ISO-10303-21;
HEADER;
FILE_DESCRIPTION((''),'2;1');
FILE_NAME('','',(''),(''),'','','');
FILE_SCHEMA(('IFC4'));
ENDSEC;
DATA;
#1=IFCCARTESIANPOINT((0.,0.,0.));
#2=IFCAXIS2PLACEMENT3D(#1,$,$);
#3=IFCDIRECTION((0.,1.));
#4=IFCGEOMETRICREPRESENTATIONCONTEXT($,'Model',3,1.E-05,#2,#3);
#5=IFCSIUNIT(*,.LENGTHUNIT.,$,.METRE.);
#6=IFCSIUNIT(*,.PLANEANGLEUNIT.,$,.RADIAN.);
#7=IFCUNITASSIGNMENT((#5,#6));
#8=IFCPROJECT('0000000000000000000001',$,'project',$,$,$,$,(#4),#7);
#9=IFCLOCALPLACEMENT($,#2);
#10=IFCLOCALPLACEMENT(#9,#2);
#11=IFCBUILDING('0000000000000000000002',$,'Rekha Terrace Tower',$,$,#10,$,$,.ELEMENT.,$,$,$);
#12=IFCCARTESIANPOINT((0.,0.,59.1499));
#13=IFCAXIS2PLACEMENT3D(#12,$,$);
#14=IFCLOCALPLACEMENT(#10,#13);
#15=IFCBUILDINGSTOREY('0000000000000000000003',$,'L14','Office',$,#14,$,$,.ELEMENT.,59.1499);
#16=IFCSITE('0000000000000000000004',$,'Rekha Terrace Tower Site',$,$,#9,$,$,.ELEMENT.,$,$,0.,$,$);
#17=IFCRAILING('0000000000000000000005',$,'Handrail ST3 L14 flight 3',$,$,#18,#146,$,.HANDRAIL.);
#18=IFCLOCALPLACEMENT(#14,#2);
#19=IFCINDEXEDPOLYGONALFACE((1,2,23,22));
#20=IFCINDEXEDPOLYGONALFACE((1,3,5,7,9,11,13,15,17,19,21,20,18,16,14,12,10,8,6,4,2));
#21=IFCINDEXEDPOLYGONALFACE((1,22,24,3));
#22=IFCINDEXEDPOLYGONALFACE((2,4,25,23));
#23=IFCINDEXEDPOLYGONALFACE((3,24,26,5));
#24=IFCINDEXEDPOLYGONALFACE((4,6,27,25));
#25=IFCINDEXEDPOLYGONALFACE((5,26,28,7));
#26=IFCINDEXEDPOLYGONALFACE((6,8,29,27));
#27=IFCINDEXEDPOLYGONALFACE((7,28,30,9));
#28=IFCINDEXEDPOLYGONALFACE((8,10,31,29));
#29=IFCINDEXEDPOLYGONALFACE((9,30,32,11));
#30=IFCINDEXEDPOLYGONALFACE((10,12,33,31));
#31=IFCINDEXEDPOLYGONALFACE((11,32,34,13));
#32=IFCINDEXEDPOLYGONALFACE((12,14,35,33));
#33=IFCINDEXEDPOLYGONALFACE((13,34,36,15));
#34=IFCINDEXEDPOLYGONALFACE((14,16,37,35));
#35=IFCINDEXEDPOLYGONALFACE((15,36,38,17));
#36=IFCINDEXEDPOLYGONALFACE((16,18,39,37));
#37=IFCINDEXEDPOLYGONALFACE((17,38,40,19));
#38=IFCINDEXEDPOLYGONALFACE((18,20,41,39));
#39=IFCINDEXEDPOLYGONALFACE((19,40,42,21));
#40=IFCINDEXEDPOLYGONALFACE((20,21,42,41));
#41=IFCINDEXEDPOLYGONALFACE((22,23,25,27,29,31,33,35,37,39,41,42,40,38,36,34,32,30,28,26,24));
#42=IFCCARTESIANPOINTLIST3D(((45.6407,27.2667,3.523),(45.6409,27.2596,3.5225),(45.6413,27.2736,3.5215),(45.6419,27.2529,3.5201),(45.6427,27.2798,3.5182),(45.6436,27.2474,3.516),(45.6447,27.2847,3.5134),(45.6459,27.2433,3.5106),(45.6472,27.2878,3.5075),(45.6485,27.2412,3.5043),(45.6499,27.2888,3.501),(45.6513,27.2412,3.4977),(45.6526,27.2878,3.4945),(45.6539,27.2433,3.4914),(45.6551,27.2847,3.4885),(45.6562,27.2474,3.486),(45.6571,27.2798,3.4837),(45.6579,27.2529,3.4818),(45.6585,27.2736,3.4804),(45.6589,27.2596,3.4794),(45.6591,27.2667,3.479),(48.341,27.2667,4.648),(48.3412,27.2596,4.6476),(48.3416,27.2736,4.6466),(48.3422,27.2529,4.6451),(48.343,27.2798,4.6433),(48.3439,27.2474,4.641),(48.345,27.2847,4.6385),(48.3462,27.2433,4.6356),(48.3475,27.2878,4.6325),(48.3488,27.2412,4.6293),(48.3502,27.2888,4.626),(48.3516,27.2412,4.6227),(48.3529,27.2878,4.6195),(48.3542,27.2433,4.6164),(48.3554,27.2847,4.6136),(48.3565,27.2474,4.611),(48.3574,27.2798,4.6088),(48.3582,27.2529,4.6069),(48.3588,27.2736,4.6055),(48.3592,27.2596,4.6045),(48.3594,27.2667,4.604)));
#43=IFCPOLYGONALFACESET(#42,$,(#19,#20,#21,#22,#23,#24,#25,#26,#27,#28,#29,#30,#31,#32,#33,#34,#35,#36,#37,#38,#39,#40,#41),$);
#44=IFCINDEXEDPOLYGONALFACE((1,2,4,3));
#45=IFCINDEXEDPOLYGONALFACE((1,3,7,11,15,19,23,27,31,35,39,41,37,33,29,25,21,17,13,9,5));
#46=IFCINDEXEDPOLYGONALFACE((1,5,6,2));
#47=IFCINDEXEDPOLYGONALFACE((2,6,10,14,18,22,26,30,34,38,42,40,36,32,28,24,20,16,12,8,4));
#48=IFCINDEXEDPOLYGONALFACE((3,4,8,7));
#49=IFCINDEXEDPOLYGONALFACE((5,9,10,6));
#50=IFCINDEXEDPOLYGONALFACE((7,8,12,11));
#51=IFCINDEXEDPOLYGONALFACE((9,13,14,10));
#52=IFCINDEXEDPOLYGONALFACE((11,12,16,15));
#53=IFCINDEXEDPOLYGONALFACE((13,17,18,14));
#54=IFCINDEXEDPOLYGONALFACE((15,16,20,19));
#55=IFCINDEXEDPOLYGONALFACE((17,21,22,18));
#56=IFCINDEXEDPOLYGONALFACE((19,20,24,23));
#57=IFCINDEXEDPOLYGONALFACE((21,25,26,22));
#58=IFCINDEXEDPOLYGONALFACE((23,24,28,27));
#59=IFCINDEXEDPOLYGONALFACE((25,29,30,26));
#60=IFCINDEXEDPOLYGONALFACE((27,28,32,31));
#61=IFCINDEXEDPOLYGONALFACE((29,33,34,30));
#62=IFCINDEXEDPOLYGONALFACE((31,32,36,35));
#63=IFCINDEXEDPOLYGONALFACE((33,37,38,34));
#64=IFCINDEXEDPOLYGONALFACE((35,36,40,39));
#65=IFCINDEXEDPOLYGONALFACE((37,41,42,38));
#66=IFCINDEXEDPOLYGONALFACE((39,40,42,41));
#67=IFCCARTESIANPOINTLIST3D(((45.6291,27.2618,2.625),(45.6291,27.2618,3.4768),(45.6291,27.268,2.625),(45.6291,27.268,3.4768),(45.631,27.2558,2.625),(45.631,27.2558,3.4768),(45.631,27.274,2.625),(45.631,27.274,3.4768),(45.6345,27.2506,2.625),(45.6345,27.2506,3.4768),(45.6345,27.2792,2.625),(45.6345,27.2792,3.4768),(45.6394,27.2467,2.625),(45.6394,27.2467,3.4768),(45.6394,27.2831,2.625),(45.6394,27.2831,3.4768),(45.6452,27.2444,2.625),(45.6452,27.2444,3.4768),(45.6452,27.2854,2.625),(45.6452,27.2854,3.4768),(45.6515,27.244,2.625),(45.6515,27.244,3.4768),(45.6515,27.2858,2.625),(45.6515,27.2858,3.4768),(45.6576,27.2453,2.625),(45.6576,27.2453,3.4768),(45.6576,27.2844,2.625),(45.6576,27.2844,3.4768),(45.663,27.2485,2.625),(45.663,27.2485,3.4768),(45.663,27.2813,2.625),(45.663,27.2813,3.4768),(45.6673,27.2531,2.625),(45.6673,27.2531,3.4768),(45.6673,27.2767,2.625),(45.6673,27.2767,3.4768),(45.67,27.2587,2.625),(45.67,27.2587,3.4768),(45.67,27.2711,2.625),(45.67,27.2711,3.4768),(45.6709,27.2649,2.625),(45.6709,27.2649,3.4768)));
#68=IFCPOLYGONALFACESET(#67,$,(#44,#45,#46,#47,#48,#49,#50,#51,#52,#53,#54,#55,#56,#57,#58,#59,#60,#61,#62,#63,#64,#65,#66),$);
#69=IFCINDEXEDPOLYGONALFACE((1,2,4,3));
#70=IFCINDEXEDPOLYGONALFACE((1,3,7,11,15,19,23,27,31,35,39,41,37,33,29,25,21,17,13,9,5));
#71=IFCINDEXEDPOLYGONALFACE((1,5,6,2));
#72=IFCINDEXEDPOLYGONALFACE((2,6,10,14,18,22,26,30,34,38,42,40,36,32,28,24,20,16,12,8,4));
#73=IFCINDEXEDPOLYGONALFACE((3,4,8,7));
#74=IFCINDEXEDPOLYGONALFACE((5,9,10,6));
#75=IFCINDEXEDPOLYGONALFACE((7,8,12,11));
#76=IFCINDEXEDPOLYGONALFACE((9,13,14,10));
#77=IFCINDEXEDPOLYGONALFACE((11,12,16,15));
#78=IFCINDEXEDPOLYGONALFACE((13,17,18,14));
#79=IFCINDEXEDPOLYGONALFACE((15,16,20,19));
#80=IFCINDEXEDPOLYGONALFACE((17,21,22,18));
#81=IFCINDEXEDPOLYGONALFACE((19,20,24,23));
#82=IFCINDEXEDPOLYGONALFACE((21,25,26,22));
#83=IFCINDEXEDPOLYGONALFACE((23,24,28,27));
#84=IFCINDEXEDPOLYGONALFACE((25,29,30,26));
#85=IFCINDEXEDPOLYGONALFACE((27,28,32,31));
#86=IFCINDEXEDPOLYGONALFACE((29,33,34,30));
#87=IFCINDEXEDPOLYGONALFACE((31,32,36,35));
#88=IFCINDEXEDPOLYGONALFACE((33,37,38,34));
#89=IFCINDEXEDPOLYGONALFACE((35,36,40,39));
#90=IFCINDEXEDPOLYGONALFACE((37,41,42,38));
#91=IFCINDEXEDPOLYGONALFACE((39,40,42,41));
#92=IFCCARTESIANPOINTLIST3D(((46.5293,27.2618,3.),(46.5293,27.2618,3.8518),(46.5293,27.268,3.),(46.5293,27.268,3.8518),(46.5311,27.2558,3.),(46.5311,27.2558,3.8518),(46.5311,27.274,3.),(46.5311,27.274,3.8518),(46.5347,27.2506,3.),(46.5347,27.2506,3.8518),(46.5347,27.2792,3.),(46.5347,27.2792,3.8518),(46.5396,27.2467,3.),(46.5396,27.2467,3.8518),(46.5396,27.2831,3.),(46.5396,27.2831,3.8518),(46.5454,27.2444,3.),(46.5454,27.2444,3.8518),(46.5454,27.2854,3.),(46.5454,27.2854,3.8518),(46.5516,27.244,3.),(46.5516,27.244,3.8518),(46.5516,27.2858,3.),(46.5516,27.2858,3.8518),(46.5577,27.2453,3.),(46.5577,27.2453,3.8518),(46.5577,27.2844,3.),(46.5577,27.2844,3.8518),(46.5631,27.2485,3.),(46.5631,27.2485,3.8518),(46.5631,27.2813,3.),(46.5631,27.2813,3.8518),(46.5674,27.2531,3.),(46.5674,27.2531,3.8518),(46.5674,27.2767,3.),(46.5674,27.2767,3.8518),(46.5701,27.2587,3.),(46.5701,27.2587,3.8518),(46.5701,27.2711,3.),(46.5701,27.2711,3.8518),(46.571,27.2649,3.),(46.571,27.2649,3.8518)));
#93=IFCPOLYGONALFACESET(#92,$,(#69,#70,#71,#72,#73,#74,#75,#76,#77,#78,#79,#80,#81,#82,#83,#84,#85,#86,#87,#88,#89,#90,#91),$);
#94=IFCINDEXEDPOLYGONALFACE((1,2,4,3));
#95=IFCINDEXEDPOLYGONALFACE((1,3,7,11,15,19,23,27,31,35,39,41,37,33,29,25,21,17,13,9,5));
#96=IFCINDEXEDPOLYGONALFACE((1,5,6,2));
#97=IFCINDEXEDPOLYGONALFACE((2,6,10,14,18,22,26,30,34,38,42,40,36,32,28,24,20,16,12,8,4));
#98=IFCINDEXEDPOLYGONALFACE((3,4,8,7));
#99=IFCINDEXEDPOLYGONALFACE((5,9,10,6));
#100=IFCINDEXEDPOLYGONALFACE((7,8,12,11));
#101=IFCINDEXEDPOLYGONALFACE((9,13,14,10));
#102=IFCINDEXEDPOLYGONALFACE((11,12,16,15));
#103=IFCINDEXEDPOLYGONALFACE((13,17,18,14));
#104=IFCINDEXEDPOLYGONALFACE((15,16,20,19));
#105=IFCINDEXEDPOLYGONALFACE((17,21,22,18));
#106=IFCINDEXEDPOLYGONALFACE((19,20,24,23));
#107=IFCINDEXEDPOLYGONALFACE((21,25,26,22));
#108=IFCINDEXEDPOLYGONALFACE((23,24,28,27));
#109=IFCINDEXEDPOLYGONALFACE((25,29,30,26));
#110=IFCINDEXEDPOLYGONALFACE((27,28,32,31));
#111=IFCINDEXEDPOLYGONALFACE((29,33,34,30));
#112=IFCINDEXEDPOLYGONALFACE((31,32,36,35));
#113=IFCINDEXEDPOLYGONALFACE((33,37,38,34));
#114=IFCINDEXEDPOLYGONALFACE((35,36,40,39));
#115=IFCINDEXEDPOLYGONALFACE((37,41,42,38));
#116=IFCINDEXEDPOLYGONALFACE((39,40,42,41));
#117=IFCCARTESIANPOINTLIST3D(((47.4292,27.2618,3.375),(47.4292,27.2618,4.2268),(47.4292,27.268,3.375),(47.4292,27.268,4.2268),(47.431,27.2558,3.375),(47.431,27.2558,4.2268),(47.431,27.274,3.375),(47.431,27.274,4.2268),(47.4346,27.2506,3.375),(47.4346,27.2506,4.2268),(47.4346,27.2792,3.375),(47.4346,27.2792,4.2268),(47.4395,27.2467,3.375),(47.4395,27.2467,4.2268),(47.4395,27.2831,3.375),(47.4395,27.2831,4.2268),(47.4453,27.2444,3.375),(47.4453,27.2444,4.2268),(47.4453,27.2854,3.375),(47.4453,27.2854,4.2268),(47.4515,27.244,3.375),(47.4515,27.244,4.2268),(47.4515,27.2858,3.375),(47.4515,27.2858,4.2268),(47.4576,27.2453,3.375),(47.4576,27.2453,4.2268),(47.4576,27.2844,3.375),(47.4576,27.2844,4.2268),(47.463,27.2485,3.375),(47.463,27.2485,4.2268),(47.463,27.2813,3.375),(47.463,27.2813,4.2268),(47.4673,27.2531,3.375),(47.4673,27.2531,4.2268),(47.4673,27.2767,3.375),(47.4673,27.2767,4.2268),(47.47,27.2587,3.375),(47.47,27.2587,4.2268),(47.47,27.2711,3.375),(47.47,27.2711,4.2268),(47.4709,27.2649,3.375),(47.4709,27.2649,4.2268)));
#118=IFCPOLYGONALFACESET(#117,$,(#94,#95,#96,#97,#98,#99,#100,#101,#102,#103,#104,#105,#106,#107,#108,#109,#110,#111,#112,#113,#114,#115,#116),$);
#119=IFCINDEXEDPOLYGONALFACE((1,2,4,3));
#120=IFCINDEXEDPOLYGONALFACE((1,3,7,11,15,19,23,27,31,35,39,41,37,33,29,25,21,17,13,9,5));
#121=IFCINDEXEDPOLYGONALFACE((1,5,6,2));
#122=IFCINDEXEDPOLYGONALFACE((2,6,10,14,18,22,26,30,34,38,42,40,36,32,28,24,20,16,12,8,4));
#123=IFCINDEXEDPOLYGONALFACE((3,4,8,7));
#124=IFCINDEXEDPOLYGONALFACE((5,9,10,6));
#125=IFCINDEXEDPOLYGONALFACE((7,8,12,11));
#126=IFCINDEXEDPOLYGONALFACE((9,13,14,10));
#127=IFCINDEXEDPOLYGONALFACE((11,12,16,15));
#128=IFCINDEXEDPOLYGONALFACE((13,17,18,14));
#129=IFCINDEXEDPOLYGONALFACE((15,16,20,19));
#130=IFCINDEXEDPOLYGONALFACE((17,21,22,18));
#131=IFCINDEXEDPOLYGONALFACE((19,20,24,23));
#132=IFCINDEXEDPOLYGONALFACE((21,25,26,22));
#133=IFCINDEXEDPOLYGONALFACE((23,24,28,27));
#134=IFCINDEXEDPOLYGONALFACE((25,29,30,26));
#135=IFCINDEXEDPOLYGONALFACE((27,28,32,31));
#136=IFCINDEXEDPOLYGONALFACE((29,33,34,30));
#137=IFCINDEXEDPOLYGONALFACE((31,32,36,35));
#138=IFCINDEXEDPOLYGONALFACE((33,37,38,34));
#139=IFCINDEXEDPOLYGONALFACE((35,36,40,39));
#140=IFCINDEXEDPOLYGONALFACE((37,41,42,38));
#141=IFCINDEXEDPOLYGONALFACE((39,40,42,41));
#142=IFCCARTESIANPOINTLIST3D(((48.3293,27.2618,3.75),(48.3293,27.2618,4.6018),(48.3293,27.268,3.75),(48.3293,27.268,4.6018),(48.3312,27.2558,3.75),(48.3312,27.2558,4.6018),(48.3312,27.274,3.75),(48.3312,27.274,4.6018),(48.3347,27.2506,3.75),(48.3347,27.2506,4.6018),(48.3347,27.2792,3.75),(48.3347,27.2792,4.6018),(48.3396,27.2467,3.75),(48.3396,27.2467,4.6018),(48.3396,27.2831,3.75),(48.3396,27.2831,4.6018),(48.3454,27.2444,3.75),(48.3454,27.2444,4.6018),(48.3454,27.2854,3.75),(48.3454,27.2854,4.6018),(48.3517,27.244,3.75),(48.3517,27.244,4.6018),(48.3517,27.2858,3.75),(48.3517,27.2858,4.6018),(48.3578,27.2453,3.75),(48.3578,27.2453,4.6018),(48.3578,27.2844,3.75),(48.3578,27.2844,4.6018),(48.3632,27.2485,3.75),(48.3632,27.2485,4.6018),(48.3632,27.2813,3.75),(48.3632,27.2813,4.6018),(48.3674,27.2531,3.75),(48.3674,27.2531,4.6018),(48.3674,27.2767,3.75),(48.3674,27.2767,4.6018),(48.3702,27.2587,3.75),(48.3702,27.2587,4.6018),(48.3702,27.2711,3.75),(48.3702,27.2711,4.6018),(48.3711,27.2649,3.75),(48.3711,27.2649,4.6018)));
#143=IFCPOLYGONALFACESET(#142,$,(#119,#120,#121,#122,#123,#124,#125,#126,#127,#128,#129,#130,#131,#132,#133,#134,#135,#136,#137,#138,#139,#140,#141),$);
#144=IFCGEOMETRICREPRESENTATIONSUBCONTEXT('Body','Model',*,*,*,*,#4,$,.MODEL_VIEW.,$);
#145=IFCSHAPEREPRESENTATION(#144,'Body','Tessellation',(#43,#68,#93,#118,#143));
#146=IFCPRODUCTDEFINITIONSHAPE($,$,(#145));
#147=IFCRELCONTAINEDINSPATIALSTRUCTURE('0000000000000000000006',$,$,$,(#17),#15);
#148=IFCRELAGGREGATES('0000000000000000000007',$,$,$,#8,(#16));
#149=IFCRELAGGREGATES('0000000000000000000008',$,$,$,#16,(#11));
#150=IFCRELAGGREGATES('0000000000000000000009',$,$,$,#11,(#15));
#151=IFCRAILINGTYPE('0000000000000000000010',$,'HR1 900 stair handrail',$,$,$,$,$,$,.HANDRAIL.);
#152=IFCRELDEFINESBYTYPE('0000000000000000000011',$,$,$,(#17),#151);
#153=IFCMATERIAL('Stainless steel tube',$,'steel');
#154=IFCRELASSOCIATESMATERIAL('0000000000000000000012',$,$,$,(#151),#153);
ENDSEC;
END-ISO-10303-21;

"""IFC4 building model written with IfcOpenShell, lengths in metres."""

from ifc_helpers import new_model, si_unit, direction, frame, origin, origin_2d, place, context, subcontext, project, spatial, circle, extrude, material, type_object, element, save


model = new_model("IFC4")

# Units and contexts
model_context = context("Model", 3, precision=1e-05, world=origin(), true_north=direction((0.0, 1.0)))
body_context = subcontext(model_context, "Body", "Model", "MODEL_VIEW")
ifc_project = project(units=[si_unit("LENGTHUNIT", "METRE"), si_unit("PLANEANGLEUNIT", "RADIAN")], contexts=[model_context])

# Site, building, storey
site_placement = place(None, origin())
site = spatial("IfcSite", under=ifc_project, at=site_placement, Name="Rekha Terrace Tower Site", CompositionType="ELEMENT", RefElevation=0.0)
building_placement = place(site_placement, origin())
building = spatial("IfcBuilding", under=site, at=building_placement, Name="Rekha Terrace Tower", CompositionType="ELEMENT")
storey_placement = place(building_placement, frame((0.0, 0.0, 59.1499)))
storey = spatial("IfcBuildingStorey", under=building, at=storey_placement, Name="L14", Description="Office", CompositionType="ELEMENT", Elevation=59.1499)

# Railing
ifc_material_1 = material(Name="Stainless steel tube", Category="steel")
railing_type_1 = type_object("IfcRailingType", Name="HR1 900 stair handrail", PredefinedType="HANDRAIL", material=ifc_material_1)
railing_1_placement = place(storey_placement, frame((45.6499, 27.2649, 2.625)))
element("IfcRailing", 1, at=railing_1_placement, inside=storey, type_object=railing_type_1, Name="Handrail ST3 L14 flight 3", PredefinedType="HANDRAIL", context=body_context, shape_type="SweptSolid", body=[
    extrude(circle(Radius=0.0239, at=origin_2d()), frame((0.0, 0.0, 0.876), z_axis=(0.923087, 0.0, 0.384592), x_axis=(0.0, 1.0, 0.0)), (0.0, 0.0, 1.0), 2.9253),
    extrude(circle(Radius=0.021, at=origin_2d()), origin(), (0.0, 0.0, 1.0), 0.8518),
    extrude(circle(Radius=0.021, at=origin_2d()), frame((0.9001, 0.0, 0.375)), (0.0, 0.0, 1.0), 0.8518),
    extrude(circle(Radius=0.021, at=origin_2d()), frame((1.8, 0.0, 0.75)), (0.0, 0.0, 1.0), 0.8518),
    extrude(circle(Radius=0.021, at=origin_2d()), frame((2.7002, 0.0, 1.125)), (0.0, 0.0, 1.0), 0.8518),
])

save(model, "model.ifc")
